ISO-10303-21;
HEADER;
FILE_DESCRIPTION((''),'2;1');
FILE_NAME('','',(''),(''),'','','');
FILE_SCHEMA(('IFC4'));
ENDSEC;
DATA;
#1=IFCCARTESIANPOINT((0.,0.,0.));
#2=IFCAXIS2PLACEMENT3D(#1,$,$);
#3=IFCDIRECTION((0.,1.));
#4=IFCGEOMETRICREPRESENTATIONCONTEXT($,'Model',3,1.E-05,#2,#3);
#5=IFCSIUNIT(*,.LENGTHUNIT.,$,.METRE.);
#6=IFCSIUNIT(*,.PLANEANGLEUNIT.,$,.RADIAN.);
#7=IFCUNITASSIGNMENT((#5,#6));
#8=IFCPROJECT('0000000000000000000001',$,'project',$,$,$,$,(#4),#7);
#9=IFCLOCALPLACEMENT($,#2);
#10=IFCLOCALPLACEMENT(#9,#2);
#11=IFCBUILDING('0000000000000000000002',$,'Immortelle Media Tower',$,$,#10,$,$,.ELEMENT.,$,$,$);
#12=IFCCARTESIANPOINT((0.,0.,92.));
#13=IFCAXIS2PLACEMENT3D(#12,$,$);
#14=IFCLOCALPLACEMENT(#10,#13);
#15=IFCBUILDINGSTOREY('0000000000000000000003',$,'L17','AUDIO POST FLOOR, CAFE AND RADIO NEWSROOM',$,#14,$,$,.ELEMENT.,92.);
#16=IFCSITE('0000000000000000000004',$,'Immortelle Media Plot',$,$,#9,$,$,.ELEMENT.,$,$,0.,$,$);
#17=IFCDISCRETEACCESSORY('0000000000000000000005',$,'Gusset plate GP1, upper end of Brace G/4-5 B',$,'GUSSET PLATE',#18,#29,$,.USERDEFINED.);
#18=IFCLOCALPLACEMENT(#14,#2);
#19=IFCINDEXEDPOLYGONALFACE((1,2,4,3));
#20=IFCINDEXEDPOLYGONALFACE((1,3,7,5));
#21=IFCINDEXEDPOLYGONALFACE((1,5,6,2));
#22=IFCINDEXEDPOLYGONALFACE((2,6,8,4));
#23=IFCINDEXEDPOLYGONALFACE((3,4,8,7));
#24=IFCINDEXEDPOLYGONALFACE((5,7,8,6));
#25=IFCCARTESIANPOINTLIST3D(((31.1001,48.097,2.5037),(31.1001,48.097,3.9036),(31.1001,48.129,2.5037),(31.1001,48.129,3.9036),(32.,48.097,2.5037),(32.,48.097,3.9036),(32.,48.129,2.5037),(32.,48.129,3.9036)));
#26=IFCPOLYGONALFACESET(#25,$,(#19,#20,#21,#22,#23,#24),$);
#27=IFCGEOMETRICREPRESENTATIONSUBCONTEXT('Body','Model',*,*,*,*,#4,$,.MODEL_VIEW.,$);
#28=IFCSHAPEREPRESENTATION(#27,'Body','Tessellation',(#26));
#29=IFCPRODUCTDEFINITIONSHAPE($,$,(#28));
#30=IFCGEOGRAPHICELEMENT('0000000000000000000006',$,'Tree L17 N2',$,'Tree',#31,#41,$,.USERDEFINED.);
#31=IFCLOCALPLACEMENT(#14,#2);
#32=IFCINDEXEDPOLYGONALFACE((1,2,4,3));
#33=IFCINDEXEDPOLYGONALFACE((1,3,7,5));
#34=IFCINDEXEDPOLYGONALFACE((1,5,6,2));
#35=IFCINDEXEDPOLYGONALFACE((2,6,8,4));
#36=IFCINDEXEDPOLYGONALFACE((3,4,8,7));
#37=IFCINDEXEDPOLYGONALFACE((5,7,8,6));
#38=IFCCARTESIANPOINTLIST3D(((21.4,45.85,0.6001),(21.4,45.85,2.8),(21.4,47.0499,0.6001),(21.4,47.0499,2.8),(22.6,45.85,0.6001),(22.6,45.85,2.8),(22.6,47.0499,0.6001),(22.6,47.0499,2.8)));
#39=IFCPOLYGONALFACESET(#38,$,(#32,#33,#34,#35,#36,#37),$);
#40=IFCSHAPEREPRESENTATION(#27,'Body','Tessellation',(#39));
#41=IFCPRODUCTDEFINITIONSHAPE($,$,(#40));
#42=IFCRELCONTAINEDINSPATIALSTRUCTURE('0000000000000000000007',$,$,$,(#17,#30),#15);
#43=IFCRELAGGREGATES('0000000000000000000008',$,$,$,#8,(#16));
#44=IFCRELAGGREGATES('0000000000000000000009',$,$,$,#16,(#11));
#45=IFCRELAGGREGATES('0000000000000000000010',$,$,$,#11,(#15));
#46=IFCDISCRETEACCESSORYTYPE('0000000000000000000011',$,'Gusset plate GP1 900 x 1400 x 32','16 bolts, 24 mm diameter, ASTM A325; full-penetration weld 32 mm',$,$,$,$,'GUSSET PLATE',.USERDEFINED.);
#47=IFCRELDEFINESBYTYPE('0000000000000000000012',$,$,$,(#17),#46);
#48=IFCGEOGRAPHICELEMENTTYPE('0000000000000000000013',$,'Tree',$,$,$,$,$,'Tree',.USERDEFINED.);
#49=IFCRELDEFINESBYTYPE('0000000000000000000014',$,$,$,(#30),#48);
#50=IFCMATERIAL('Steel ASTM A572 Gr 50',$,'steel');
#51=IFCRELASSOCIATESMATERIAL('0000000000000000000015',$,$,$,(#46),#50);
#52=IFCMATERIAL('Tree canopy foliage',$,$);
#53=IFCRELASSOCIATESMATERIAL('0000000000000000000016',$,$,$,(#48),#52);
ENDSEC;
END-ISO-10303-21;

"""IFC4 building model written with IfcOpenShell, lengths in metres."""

from ifc_helpers import new_model, si_unit, direction, frame, origin, origin_2d, place, context, subcontext, project, spatial, rectangle, extrude, material, material_profile, profile_set, type_object, element, save


model = new_model("IFC4")

# Units and contexts
model_context = context("Model", 3, precision=1e-05, world=origin(), true_north=direction((0.0, 1.0)))
body_context = subcontext(model_context, "Body", "Model", "MODEL_VIEW")
ifc_project = project(units=[si_unit("LENGTHUNIT", "METRE"), si_unit("PLANEANGLEUNIT", "RADIAN")], contexts=[model_context])

# Site, building, storey
site_placement = place(None, origin())
site = spatial("IfcSite", under=ifc_project, at=site_placement, Name="Immortelle Media Plot", CompositionType="ELEMENT", RefElevation=0.0)
building_placement = place(site_placement, origin())
building = spatial("IfcBuilding", under=site, at=building_placement, Name="Immortelle Media Tower", CompositionType="ELEMENT")
storey_placement = place(building_placement, frame((0.0, 0.0, 92.0)))
storey = spatial("IfcBuildingStorey", under=building, at=storey_placement, Name="L17", Description="AUDIO POST FLOOR, CAFE AND RADIO NEWSROOM", CompositionType="ELEMENT", Elevation=92.0)

# Discrete accessory
ifc_material_1 = material(Name="Steel ASTM A572 Gr 50", Category="steel")
ifc_material_profile_1 = material_profile(ifc_material_1, rectangle(XDim=0.032, YDim=1.3999, at=origin_2d()), Name="PL 32 x 1400")
ifc_profile_set_1 = profile_set([ifc_material_profile_1], Name="Steel ASTM A572 Gr 50")
discrete_accessory_type_1 = type_object("IfcDiscreteAccessoryType", Name="Gusset plate GP1 900 x 1400 x 32", Description="16 bolts, 24 mm diameter, ASTM A325; full-penetration weld 32 mm", ElementType="GUSSET PLATE", PredefinedType="USERDEFINED", material=ifc_profile_set_1)
for number, where, z_axis, x_axis, name in (
    (1, (32.0, 48.113, 3.2036), (-1.0, 0.0, 0.0), (0.0, -1.0, 0.0), "Gusset plate GP1, upper end of Brace G/4-5 B"),
):
    element("IfcDiscreteAccessory", number, at=place(storey_placement, frame(where, z_axis=z_axis, x_axis=x_axis)), inside=storey, type_object=discrete_accessory_type_1, Name=name, ObjectType="GUSSET PLATE", PredefinedType="USERDEFINED", context=body_context, shape_type="SweptSolid", body=[
        extrude(rectangle(XDim=0.032, YDim=1.3999, at=origin_2d()), origin(), (0.0, 0.0, 1.0), 0.8999),
    ])

# Geographic element
ifc_material_2 = material(Name="Tree canopy foliage")
geographic_element_type = type_object("IfcGeographicElementType", Name="Tree", ElementType="Tree", PredefinedType="USERDEFINED", material=ifc_material_2)
geographic_element_placement = place(storey_placement, frame((22.0, 46.45, 0.6001), z_axis=(0.0, 0.0, 1.0), x_axis=(1.0, 0.0, 0.0)))
element("IfcGeographicElement", 2, at=geographic_element_placement, inside=storey, type_object=geographic_element_type, Name="Tree L17 N2", ObjectType="Tree", PredefinedType="USERDEFINED", context=body_context, shape_type="SweptSolid", body=[
    extrude(rectangle(XDim=1.2, YDim=1.2, at=origin_2d()), origin(), (0.0, 0.0, 1.0), 2.2),
])

save(model, "model.ifc")
